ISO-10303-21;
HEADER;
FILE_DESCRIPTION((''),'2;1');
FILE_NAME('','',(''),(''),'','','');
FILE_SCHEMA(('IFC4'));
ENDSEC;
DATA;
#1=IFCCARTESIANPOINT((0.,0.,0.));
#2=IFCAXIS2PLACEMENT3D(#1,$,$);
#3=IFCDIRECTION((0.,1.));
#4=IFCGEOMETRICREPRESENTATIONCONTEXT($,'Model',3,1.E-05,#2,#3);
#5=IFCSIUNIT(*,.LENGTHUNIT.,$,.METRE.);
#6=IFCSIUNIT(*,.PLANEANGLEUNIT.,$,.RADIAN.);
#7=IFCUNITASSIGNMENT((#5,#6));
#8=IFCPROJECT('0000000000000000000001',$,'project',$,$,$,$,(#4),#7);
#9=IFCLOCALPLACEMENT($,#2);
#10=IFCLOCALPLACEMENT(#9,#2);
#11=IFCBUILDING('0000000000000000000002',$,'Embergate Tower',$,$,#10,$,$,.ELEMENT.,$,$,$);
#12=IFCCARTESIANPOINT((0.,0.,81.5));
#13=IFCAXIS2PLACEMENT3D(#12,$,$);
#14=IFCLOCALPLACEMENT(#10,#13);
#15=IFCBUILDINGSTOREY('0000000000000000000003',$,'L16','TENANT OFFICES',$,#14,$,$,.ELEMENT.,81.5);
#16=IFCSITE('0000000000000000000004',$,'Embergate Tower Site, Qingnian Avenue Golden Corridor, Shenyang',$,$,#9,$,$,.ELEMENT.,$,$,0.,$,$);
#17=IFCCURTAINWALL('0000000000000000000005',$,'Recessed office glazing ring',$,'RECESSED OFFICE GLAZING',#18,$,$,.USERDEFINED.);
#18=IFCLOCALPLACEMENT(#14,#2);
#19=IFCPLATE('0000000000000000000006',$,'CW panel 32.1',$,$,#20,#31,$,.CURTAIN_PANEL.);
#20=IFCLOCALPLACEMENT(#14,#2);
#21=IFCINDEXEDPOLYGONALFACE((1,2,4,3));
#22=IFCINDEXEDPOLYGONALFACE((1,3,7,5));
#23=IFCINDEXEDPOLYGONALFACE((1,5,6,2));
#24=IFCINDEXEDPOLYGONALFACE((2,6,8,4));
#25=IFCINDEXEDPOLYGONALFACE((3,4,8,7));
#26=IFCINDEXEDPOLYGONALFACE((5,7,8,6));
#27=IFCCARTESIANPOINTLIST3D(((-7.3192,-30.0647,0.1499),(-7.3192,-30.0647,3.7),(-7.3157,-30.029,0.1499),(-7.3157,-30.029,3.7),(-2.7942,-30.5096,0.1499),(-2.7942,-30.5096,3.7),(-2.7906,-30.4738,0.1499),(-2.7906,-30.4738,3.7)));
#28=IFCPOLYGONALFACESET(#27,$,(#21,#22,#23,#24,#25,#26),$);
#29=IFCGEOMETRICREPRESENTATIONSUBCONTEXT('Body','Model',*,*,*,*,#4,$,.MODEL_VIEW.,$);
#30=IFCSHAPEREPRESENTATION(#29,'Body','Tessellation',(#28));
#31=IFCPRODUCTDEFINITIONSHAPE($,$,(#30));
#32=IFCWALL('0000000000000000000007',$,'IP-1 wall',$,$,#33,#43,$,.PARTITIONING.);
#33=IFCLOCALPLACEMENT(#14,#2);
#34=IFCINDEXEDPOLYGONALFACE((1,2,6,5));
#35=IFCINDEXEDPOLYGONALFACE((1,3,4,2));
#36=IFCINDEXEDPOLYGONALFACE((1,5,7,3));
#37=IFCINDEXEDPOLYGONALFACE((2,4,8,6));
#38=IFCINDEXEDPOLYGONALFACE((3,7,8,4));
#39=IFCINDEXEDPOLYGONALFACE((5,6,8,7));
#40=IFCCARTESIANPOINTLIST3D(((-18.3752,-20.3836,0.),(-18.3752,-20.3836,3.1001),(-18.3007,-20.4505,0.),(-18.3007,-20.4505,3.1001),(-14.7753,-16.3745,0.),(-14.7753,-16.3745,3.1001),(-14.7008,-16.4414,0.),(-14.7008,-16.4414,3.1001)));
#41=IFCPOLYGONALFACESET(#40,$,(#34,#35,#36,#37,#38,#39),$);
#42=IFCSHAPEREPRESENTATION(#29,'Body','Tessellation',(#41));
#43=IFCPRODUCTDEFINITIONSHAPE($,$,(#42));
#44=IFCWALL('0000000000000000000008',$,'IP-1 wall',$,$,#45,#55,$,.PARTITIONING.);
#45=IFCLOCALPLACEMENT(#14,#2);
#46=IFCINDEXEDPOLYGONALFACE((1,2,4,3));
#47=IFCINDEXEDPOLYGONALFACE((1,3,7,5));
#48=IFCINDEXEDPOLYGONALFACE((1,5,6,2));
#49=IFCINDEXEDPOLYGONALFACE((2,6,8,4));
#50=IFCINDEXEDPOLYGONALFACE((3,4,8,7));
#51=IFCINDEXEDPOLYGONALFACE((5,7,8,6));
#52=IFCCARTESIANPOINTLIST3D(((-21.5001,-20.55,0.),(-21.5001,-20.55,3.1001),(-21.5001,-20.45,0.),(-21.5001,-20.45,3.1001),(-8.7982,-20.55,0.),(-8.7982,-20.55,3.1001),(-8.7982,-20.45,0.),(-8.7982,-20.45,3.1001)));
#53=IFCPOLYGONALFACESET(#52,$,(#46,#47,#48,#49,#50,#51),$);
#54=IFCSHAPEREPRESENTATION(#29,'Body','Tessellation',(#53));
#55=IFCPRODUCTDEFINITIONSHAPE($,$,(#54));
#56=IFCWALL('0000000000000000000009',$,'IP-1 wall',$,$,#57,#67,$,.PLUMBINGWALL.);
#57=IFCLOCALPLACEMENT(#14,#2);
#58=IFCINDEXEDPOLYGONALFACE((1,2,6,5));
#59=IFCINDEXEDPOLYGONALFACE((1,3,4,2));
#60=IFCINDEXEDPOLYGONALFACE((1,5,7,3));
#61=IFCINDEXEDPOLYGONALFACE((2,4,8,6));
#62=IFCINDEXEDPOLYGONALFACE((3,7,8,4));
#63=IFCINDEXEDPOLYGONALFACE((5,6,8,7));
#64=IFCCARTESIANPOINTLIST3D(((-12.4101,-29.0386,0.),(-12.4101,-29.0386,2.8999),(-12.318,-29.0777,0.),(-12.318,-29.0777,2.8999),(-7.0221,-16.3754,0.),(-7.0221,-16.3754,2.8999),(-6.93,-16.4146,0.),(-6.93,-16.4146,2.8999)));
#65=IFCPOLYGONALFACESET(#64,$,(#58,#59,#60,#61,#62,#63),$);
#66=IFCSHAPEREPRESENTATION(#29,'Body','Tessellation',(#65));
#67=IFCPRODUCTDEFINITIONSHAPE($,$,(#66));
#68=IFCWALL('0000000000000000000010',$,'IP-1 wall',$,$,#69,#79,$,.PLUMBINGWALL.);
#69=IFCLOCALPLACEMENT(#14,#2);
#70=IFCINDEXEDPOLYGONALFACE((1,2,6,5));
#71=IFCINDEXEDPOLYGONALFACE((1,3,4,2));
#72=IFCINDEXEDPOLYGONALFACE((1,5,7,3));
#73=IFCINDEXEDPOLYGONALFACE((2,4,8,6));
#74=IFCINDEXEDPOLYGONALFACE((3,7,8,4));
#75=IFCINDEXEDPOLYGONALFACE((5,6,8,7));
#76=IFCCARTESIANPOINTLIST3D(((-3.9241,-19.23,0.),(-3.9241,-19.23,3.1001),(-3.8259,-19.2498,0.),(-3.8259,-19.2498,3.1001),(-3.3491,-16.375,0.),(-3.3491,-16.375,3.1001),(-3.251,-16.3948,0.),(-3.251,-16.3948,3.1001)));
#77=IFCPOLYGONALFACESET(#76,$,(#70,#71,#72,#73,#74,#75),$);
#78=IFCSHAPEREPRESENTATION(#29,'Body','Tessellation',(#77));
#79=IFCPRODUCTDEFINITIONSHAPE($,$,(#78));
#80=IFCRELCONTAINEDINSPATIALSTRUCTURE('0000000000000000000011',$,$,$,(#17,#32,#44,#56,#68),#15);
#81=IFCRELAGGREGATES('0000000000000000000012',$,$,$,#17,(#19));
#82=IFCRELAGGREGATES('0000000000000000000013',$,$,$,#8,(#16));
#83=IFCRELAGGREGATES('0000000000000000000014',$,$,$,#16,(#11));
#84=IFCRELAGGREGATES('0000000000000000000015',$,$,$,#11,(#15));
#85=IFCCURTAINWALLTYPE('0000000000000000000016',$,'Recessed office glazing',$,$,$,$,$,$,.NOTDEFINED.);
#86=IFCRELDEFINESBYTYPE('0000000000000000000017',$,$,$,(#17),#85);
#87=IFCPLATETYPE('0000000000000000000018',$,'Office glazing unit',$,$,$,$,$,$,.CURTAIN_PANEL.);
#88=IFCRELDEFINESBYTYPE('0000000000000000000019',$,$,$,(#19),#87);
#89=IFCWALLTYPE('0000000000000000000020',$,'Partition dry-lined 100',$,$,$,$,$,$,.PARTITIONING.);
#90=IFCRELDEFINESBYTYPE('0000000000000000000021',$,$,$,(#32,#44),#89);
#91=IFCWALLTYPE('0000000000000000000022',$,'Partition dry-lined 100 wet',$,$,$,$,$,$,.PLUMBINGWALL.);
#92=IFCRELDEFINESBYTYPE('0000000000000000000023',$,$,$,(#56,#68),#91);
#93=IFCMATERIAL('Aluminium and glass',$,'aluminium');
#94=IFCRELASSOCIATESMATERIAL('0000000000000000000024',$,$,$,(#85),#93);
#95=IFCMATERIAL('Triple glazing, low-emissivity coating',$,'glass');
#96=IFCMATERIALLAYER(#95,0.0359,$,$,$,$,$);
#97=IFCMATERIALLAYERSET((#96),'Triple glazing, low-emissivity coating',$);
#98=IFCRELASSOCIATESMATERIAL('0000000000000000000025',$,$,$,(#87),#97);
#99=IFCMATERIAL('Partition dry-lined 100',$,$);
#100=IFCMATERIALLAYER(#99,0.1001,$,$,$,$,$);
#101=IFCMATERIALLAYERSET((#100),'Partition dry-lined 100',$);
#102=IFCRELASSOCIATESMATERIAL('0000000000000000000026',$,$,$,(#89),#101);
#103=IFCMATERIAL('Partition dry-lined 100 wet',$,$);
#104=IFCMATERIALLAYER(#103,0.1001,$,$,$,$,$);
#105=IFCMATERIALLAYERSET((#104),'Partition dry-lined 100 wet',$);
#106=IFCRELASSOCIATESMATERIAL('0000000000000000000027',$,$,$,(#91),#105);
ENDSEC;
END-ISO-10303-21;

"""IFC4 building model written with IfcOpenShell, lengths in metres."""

from ifc_helpers import new_model, si_unit, direction, frame, frame_2d, origin, origin_2d, place, context, subcontext, project, spatial, rectangle, extrude, source, transform, mapped, material, layer, layer_set, type_object, element, aggregate, save


model = new_model("IFC4")

# Units and contexts
model_context = context("Model", 3, precision=1e-05, world=origin(), true_north=direction((0.0, 1.0)))
body_context = subcontext(model_context, "Body", "Model", "MODEL_VIEW")
ifc_project = project(units=[si_unit("LENGTHUNIT", "METRE"), si_unit("PLANEANGLEUNIT", "RADIAN")], contexts=[model_context])

# Site, building, storey
site_placement = place(None, origin())
site = spatial("IfcSite", under=ifc_project, at=site_placement, Name="Embergate Tower Site, Qingnian Avenue Golden Corridor, Shenyang", CompositionType="ELEMENT", RefElevation=0.0)
building_placement = place(site_placement, origin())
building = spatial("IfcBuilding", under=site, at=building_placement, Name="Embergate Tower", CompositionType="ELEMENT")
storey_placement = place(building_placement, frame((0.0, 0.0, 81.5)))
storey = spatial("IfcBuildingStorey", under=building, at=storey_placement, Name="L16", Description="TENANT OFFICES", CompositionType="ELEMENT", Elevation=81.5)

# Curtain wall
ifc_material_1 = material(Name="Aluminium and glass", Category="aluminium")
curtain_wall_type = type_object("IfcCurtainWallType", Name="Recessed office glazing", PredefinedType="NOTDEFINED", material=ifc_material_1)
curtain_wall_placement = place(storey_placement, origin())
curtain_wall = element("IfcCurtainWall", 1, at=curtain_wall_placement, inside=storey, type_object=curtain_wall_type, Name="Recessed office glazing ring", ObjectType="RECESSED OFFICE GLAZING", PredefinedType="USERDEFINED")

# Plate
ifc_material_2 = material(Name="Triple glazing, low-emissivity coating", Category="glass")
ifc_layer_1 = layer(ifc_material_2, 0.0359)
ifc_layer_set_1 = layer_set([ifc_layer_1], Name="Triple glazing, low-emissivity coating")
plate_type = type_object("IfcPlateType", Name="Office glazing unit", PredefinedType="CURTAIN_PANEL", material=ifc_layer_set_1)
shared_shape_1 = source(origin(), body_context, "Body", "SweptSolid", [
    extrude(rectangle(XDim=4.5469, YDim=0.0359, at=origin_2d()), origin(), (0.0, 0.0, 1.0), 3.55),
])
plate_1_placement = place(storey_placement, frame((-5.0549, -30.2693, 0.1499), z_axis=(0.0, 0.0, 1.0), x_axis=(0.995203, -0.09783, 0.0)))
plate_1 = element("IfcPlate", 2, at=plate_1_placement, type_object=plate_type, Name="CW panel 32.1", PredefinedType="CURTAIN_PANEL", context=body_context, shape_type="MappedRepresentation", body=[
    mapped(shared_shape_1, transform((0.0, 0.0, 0.0))),
])
aggregate(curtain_wall, [plate_1])

# Walls
ifc_material_3 = material(Name="Partition dry-lined 100")
ifc_layer_2 = layer(ifc_material_3, 0.1001)
ifc_layer_set_2 = layer_set([ifc_layer_2], Name="Partition dry-lined 100")
wall_type_1 = type_object("IfcWallType", Name="Partition dry-lined 100", PredefinedType="PARTITIONING", material=ifc_layer_set_2)
shared_shape_2 = source(origin(), body_context, "Body", "SweptSolid", [
    extrude(rectangle(XDim=5.3882, YDim=0.1001, at=frame_2d((2.6941, 0.0))), origin(), (0.0, 0.0, 1.0), 3.1001),
])
wall_1_placement = place(storey_placement, frame((-14.738, -16.408, 0.0), z_axis=(0.0, 0.0, 1.0), x_axis=(-0.668116, -0.744057, 0.0)))
element("IfcWall", 3, at=wall_1_placement, inside=storey, type_object=wall_type_1, Name="IP-1 wall", PredefinedType="PARTITIONING", context=body_context, shape_type="MappedRepresentation", body=[
    mapped(shared_shape_2, transform((0.0, 0.0, 0.0))),
])
shared_shape_3 = source(origin(), body_context, "Body", "SweptSolid", [
    extrude(rectangle(XDim=12.7019, YDim=0.1001, at=frame_2d((6.3511, 0.0))), origin(), (0.0, 0.0, 1.0), 3.1001),
])
wall_2_placement = place(storey_placement, frame((-8.7981, -20.5, 0.0), z_axis=(0.0, 0.0, 1.0), x_axis=(-1.0, 0.0, 0.0)))
element("IfcWall", 4, at=wall_2_placement, inside=storey, type_object=wall_type_1, Name="IP-1 wall", PredefinedType="PARTITIONING", context=body_context, shape_type="MappedRepresentation", body=[
    mapped(shared_shape_3, transform((0.0, 0.0, 0.0))),
])
ifc_material_4 = material(Name="Partition dry-lined 100 wet")
ifc_layer_3 = layer(ifc_material_4, 0.1001)
ifc_layer_set_3 = layer_set([ifc_layer_3], Name="Partition dry-lined 100 wet")
wall_type_2 = type_object("IfcWallType", Name="Partition dry-lined 100 wet", PredefinedType="PLUMBINGWALL", material=ifc_layer_set_3)
shared_shape_4 = source(origin(), body_context, "Body", "SweptSolid", [
    extrude(rectangle(XDim=13.7617, YDim=0.1001, at=frame_2d((6.8809, 0.0))), origin(), (0.0, 0.0, 1.0), 2.8999),
])
wall_3_placement = place(storey_placement, frame((-6.9761, -16.395, 0.0), z_axis=(0.0, 0.0, 1.0), x_axis=(-0.391518, -0.920171, 0.0)))
element("IfcWall", 5, at=wall_3_placement, inside=storey, type_object=wall_type_2, Name="IP-1 wall", PredefinedType="PLUMBINGWALL", context=body_context, shape_type="MappedRepresentation", body=[
    mapped(shared_shape_4, transform((0.0, 0.0, 0.0))),
])
shared_shape_5 = source(origin(), body_context, "Body", "SweptSolid", [
    extrude(rectangle(XDim=2.9124, YDim=0.1001, at=frame_2d((1.4561, 0.0))), origin(), (0.0, 0.0, 1.0), 3.1001),
])
wall_4_placement = place(storey_placement, frame((-3.3, -16.385, 0.0), z_axis=(0.0, 0.0, 1.0), x_axis=(-0.197422, -0.980319, 0.0)))
element("IfcWall", 6, at=wall_4_placement, inside=storey, type_object=wall_type_2, Name="IP-1 wall", PredefinedType="PLUMBINGWALL", context=body_context, shape_type="MappedRepresentation", body=[
    mapped(shared_shape_5, transform((0.0, 0.0, 0.0))),
])

save(model, "model.ifc")
